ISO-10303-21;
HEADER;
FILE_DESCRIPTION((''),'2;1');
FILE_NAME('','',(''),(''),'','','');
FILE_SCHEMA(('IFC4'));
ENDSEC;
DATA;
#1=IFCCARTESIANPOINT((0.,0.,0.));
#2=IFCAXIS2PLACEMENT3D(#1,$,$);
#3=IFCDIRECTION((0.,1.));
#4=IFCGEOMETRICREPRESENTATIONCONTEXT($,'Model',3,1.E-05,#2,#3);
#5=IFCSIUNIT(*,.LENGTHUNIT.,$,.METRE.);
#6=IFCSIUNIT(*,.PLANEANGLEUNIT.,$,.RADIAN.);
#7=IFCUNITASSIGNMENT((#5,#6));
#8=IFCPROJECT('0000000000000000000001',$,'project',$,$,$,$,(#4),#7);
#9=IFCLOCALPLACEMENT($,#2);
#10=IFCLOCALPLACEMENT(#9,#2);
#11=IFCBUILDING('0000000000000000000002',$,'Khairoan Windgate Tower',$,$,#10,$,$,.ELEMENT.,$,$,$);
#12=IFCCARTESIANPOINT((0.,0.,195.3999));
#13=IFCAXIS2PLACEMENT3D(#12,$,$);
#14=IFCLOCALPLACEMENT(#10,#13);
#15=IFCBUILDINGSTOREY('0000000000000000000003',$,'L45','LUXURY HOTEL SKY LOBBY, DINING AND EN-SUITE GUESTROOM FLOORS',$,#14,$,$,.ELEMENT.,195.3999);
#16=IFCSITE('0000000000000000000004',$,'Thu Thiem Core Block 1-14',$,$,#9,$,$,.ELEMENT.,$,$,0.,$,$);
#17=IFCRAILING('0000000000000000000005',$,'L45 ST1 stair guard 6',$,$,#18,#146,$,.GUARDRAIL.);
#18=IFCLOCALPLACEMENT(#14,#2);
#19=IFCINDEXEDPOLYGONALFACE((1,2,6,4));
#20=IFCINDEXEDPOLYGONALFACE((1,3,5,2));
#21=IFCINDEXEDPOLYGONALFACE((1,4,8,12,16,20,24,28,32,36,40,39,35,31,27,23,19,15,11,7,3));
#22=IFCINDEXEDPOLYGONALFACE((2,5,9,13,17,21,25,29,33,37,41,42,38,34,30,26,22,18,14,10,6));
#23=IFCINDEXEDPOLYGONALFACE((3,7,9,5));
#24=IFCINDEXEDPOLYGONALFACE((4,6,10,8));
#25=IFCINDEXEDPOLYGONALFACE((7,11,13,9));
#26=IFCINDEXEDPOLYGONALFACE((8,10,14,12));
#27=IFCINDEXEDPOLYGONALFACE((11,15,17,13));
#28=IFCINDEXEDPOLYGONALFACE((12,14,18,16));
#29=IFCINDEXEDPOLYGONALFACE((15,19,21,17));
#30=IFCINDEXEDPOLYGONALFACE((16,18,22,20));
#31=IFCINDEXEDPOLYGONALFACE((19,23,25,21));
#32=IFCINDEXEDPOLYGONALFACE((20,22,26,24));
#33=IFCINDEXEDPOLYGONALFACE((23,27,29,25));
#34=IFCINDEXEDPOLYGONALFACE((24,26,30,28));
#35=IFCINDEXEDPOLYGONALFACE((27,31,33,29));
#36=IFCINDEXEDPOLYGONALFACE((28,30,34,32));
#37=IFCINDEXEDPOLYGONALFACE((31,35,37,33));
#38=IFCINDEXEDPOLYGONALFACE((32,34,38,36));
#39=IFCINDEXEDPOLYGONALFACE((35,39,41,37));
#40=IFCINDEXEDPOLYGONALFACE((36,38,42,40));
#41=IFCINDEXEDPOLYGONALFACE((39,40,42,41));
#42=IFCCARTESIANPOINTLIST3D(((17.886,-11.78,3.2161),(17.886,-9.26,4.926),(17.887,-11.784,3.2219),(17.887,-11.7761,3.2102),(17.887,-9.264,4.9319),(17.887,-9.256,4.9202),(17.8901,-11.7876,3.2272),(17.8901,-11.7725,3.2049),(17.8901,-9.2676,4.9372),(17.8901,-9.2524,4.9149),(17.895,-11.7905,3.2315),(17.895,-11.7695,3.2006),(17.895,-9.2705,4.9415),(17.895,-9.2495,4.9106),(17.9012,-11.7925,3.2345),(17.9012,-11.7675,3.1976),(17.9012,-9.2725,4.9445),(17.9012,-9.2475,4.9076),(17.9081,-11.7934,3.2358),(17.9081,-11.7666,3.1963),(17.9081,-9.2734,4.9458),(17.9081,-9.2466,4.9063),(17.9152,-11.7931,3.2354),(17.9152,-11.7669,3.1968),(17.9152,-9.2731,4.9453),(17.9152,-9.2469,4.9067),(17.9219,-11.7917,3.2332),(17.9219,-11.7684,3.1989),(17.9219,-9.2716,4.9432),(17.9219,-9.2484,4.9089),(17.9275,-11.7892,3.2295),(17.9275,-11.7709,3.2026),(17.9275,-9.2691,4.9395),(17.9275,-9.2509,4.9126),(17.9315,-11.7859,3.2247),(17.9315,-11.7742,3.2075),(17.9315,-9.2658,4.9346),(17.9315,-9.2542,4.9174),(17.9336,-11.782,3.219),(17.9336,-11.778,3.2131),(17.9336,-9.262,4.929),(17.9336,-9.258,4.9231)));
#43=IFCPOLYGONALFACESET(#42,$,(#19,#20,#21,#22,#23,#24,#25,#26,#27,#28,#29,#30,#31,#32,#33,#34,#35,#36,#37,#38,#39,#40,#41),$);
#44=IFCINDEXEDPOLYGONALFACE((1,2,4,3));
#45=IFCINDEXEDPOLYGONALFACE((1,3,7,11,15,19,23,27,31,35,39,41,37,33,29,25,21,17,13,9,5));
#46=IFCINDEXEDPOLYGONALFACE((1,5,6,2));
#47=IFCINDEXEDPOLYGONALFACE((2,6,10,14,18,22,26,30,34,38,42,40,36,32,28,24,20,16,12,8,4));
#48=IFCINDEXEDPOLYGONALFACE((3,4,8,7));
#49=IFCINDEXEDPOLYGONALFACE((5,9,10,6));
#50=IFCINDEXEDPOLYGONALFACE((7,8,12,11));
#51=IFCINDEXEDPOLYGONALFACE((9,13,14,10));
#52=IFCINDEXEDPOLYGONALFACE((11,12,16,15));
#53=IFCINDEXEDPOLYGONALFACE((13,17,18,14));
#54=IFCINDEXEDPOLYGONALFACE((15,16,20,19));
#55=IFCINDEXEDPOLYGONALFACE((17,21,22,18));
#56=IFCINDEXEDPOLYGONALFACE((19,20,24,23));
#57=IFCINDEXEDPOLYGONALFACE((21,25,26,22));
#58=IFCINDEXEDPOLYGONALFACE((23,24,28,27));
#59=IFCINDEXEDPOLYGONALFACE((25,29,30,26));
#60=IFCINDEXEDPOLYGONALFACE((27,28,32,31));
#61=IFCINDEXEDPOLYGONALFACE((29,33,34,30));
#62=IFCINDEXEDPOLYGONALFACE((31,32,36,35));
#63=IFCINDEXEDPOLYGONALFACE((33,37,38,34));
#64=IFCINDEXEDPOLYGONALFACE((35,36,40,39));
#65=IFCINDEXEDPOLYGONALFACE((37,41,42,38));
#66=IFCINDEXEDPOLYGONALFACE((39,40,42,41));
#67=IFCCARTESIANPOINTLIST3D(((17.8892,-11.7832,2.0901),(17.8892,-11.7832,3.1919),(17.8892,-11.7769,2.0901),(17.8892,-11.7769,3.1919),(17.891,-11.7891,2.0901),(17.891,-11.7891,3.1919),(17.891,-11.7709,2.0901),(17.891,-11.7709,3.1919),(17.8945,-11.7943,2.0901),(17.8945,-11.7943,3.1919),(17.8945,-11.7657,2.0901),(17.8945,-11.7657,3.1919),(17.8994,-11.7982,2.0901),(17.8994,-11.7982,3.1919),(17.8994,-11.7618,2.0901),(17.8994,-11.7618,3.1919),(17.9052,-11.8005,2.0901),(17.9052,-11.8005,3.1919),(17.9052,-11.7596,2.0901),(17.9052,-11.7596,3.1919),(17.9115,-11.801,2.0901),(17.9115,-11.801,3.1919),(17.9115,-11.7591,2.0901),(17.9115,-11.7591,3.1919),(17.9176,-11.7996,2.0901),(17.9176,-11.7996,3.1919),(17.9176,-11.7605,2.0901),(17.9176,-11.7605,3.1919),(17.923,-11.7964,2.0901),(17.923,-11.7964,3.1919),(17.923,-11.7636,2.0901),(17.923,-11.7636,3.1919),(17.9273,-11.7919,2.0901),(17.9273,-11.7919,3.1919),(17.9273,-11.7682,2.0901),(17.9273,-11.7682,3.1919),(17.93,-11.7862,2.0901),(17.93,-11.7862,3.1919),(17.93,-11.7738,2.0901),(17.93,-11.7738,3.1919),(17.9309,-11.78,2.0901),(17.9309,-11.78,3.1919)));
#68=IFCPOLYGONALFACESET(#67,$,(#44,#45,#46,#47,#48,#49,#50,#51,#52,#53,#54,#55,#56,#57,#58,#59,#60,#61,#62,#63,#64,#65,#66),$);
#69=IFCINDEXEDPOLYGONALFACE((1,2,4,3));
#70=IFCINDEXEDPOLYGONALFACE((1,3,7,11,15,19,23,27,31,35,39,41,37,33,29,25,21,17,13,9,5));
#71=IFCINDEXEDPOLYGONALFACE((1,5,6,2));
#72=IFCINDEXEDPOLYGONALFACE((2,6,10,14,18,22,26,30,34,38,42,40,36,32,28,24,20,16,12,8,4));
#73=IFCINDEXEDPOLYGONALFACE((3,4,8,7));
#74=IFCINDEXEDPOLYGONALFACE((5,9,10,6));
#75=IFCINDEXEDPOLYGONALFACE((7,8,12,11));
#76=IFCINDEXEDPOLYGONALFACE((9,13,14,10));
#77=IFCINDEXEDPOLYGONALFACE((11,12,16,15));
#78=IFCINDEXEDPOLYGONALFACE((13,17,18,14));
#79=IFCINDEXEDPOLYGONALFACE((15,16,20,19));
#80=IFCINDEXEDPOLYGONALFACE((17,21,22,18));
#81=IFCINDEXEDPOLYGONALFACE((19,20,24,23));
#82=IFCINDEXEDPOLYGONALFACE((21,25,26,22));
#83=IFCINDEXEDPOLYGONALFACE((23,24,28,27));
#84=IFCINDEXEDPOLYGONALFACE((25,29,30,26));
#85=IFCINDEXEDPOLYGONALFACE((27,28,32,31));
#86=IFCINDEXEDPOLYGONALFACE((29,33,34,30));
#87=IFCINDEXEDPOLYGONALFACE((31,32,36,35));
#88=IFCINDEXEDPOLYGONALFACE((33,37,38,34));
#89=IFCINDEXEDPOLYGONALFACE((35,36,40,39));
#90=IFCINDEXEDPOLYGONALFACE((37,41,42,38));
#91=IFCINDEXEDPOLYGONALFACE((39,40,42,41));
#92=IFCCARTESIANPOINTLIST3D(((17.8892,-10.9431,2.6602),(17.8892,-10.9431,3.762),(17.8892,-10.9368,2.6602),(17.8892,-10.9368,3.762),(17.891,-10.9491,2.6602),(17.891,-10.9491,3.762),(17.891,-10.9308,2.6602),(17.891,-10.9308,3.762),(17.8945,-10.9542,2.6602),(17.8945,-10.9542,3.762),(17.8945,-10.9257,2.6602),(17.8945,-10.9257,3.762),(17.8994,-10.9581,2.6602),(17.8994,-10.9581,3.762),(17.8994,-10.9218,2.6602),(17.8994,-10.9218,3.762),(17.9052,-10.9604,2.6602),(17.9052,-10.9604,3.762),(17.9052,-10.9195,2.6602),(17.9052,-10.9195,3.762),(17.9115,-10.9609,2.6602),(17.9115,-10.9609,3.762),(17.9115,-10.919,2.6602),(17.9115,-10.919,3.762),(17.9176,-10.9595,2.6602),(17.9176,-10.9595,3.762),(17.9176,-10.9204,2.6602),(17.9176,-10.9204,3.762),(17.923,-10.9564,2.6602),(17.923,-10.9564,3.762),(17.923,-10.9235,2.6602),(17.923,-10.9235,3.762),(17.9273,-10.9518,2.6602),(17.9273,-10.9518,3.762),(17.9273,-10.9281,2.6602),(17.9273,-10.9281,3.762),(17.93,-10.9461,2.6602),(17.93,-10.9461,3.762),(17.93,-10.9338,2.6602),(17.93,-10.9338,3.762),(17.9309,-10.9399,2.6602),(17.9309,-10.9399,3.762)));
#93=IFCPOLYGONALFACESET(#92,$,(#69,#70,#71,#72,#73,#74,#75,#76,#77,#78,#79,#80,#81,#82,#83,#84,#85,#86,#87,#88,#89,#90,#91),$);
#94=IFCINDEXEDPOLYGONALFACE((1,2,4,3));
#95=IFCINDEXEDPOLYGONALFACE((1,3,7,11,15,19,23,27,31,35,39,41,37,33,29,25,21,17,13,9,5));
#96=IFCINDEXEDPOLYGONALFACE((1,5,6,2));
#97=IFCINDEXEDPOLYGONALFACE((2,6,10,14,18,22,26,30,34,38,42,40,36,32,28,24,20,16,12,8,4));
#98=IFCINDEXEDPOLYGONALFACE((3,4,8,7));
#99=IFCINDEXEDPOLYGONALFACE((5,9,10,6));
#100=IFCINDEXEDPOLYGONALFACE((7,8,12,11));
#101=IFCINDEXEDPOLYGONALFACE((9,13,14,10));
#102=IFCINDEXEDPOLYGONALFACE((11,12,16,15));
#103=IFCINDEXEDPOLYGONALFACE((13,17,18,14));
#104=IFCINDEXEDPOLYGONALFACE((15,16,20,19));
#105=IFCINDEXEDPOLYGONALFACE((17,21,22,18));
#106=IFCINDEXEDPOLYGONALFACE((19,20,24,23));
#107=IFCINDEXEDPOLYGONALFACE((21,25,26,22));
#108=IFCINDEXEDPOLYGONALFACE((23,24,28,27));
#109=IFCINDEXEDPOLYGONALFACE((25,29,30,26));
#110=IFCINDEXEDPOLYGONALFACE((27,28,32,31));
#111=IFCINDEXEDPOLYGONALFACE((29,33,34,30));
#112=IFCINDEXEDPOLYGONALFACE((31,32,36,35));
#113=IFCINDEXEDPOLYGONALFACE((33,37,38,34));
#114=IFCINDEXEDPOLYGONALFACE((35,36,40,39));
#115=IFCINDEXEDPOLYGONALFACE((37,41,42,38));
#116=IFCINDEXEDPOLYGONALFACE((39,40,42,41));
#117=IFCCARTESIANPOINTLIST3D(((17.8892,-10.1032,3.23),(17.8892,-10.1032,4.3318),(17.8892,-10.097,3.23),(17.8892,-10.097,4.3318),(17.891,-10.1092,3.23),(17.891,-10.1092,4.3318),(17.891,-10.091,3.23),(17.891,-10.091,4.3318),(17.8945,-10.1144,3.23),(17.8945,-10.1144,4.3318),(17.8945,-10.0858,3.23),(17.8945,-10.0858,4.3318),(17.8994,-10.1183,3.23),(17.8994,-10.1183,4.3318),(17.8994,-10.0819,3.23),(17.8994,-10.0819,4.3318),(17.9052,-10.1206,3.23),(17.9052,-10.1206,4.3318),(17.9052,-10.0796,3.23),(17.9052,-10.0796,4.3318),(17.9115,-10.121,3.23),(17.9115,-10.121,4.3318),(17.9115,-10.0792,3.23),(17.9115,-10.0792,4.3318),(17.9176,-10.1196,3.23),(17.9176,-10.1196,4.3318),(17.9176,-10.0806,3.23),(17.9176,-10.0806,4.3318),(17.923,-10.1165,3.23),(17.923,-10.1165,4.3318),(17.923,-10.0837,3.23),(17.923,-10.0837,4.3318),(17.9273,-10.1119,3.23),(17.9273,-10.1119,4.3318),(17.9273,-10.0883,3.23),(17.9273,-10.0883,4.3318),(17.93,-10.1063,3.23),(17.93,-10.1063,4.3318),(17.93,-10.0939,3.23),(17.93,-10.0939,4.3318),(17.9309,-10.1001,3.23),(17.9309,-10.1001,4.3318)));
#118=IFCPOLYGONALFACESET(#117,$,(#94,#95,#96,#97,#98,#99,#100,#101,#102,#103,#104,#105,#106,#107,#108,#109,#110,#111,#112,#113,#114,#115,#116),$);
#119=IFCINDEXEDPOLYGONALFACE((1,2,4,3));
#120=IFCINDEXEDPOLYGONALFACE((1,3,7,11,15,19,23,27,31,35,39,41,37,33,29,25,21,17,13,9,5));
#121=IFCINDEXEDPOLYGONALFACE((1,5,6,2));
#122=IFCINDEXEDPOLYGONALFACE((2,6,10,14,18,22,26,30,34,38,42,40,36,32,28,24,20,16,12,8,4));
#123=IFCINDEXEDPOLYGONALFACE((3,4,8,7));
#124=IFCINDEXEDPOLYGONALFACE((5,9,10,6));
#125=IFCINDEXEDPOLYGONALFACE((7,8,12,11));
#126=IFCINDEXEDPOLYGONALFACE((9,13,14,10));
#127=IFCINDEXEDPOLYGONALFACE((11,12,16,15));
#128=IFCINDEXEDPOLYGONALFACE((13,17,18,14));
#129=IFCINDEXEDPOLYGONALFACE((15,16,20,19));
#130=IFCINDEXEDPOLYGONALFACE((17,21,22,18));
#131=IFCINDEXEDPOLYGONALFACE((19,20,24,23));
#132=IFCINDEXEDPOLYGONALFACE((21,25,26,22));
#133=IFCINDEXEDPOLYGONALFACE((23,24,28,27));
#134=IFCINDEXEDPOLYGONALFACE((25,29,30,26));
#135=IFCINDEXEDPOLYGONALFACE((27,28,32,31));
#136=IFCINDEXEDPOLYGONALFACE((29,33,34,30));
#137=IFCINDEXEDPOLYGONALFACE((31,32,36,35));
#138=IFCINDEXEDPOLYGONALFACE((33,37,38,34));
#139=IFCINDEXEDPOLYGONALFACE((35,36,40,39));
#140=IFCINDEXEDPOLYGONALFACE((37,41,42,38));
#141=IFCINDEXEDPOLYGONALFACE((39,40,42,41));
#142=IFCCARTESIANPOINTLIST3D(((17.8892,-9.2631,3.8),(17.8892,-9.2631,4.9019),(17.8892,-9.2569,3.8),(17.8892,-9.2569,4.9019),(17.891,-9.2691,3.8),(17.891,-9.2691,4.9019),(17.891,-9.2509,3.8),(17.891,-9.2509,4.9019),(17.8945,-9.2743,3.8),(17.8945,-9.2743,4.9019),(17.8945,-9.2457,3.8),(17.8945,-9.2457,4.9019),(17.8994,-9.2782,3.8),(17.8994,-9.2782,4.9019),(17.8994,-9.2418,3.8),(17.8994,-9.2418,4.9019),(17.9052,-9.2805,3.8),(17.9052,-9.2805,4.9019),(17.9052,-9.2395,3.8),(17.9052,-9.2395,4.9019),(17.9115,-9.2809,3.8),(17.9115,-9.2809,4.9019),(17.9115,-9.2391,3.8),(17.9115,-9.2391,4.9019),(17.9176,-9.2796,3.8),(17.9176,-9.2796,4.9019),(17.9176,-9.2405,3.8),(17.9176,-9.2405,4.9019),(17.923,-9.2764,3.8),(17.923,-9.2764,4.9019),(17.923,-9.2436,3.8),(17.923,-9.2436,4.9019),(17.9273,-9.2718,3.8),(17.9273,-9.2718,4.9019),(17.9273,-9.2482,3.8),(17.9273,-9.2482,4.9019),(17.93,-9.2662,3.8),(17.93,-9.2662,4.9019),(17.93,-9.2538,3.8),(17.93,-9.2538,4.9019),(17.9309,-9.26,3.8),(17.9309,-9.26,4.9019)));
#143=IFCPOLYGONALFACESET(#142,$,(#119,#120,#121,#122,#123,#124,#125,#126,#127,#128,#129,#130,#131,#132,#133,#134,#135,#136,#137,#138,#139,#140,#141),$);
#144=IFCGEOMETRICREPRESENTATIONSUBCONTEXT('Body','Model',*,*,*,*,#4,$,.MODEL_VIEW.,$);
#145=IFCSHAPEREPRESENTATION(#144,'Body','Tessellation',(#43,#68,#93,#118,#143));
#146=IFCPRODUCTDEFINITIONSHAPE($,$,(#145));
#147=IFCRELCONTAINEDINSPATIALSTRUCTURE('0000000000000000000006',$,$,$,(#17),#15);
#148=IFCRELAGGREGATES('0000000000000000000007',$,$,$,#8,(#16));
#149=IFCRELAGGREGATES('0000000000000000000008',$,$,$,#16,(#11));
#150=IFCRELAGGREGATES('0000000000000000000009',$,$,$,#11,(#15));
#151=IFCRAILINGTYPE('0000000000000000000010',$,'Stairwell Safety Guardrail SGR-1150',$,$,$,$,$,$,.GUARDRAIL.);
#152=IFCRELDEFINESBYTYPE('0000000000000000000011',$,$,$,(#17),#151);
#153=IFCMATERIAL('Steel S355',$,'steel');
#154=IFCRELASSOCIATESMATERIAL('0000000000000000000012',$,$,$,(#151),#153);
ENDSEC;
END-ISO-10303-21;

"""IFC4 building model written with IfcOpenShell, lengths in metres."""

from ifc_helpers import new_model, si_unit, direction, frame, origin, origin_2d, place, context, subcontext, project, spatial, circle, extrude, material, type_object, element, save


model = new_model("IFC4")

# Units and contexts
model_context = context("Model", 3, precision=1e-05, world=origin(), true_north=direction((0.0, 1.0)))
body_context = subcontext(model_context, "Body", "Model", "MODEL_VIEW")
ifc_project = project(units=[si_unit("LENGTHUNIT", "METRE"), si_unit("PLANEANGLEUNIT", "RADIAN")], contexts=[model_context])

# Site, building, storey
site_placement = place(None, origin())
site = spatial("IfcSite", under=ifc_project, at=site_placement, Name="Thu Thiem Core Block 1-14", CompositionType="ELEMENT", RefElevation=0.0)
building_placement = place(site_placement, origin())
building = spatial("IfcBuilding", under=site, at=building_placement, Name="Khairoan Windgate Tower", CompositionType="ELEMENT")
storey_placement = place(building_placement, frame((0.0, 0.0, 195.3999)))
storey = spatial("IfcBuildingStorey", under=building, at=storey_placement, Name="L45", Description="LUXURY HOTEL SKY LOBBY, DINING AND EN-SUITE GUESTROOM FLOORS", CompositionType="ELEMENT", Elevation=195.3999)

# Railing
ifc_material_1 = material(Name="Steel S355", Category="steel")
railing_type_1 = type_object("IfcRailingType", Name="Stairwell Safety Guardrail SGR-1150", PredefinedType="GUARDRAIL", material=ifc_material_1)
railing_1_placement = place(storey_placement, frame((17.9099, -11.78, 2.0901)))
element("IfcRailing", 1, at=railing_1_placement, inside=storey, type_object=railing_type_1, Name="L45 ST1 stair guard 6", PredefinedType="GUARDRAIL", context=body_context, shape_type="SweptSolid", body=[
    extrude(circle(Radius=0.0239, at=origin_2d()), frame((0.0, 0.0, 1.126), z_axis=(0.0, 0.827484, 0.56149), x_axis=(-1.0, 0.0, 0.0)), (0.0, 0.0, 1.0), 3.0454),
    extrude(circle(Radius=0.021, at=origin_2d()), origin(), (0.0, 0.0, 1.0), 1.1018),
    extrude(circle(Radius=0.021, at=origin_2d()), frame((0.0, 0.8401, 0.5701)), (0.0, 0.0, 1.0), 1.1018),
    extrude(circle(Radius=0.021, at=origin_2d()), frame((0.0, 1.6799, 1.1399)), (0.0, 0.0, 1.0), 1.1018),
    extrude(circle(Radius=0.021, at=origin_2d()), frame((0.0, 2.52, 1.71)), (0.0, 0.0, 1.0), 1.1018),
])

save(model, "model.ifc")
